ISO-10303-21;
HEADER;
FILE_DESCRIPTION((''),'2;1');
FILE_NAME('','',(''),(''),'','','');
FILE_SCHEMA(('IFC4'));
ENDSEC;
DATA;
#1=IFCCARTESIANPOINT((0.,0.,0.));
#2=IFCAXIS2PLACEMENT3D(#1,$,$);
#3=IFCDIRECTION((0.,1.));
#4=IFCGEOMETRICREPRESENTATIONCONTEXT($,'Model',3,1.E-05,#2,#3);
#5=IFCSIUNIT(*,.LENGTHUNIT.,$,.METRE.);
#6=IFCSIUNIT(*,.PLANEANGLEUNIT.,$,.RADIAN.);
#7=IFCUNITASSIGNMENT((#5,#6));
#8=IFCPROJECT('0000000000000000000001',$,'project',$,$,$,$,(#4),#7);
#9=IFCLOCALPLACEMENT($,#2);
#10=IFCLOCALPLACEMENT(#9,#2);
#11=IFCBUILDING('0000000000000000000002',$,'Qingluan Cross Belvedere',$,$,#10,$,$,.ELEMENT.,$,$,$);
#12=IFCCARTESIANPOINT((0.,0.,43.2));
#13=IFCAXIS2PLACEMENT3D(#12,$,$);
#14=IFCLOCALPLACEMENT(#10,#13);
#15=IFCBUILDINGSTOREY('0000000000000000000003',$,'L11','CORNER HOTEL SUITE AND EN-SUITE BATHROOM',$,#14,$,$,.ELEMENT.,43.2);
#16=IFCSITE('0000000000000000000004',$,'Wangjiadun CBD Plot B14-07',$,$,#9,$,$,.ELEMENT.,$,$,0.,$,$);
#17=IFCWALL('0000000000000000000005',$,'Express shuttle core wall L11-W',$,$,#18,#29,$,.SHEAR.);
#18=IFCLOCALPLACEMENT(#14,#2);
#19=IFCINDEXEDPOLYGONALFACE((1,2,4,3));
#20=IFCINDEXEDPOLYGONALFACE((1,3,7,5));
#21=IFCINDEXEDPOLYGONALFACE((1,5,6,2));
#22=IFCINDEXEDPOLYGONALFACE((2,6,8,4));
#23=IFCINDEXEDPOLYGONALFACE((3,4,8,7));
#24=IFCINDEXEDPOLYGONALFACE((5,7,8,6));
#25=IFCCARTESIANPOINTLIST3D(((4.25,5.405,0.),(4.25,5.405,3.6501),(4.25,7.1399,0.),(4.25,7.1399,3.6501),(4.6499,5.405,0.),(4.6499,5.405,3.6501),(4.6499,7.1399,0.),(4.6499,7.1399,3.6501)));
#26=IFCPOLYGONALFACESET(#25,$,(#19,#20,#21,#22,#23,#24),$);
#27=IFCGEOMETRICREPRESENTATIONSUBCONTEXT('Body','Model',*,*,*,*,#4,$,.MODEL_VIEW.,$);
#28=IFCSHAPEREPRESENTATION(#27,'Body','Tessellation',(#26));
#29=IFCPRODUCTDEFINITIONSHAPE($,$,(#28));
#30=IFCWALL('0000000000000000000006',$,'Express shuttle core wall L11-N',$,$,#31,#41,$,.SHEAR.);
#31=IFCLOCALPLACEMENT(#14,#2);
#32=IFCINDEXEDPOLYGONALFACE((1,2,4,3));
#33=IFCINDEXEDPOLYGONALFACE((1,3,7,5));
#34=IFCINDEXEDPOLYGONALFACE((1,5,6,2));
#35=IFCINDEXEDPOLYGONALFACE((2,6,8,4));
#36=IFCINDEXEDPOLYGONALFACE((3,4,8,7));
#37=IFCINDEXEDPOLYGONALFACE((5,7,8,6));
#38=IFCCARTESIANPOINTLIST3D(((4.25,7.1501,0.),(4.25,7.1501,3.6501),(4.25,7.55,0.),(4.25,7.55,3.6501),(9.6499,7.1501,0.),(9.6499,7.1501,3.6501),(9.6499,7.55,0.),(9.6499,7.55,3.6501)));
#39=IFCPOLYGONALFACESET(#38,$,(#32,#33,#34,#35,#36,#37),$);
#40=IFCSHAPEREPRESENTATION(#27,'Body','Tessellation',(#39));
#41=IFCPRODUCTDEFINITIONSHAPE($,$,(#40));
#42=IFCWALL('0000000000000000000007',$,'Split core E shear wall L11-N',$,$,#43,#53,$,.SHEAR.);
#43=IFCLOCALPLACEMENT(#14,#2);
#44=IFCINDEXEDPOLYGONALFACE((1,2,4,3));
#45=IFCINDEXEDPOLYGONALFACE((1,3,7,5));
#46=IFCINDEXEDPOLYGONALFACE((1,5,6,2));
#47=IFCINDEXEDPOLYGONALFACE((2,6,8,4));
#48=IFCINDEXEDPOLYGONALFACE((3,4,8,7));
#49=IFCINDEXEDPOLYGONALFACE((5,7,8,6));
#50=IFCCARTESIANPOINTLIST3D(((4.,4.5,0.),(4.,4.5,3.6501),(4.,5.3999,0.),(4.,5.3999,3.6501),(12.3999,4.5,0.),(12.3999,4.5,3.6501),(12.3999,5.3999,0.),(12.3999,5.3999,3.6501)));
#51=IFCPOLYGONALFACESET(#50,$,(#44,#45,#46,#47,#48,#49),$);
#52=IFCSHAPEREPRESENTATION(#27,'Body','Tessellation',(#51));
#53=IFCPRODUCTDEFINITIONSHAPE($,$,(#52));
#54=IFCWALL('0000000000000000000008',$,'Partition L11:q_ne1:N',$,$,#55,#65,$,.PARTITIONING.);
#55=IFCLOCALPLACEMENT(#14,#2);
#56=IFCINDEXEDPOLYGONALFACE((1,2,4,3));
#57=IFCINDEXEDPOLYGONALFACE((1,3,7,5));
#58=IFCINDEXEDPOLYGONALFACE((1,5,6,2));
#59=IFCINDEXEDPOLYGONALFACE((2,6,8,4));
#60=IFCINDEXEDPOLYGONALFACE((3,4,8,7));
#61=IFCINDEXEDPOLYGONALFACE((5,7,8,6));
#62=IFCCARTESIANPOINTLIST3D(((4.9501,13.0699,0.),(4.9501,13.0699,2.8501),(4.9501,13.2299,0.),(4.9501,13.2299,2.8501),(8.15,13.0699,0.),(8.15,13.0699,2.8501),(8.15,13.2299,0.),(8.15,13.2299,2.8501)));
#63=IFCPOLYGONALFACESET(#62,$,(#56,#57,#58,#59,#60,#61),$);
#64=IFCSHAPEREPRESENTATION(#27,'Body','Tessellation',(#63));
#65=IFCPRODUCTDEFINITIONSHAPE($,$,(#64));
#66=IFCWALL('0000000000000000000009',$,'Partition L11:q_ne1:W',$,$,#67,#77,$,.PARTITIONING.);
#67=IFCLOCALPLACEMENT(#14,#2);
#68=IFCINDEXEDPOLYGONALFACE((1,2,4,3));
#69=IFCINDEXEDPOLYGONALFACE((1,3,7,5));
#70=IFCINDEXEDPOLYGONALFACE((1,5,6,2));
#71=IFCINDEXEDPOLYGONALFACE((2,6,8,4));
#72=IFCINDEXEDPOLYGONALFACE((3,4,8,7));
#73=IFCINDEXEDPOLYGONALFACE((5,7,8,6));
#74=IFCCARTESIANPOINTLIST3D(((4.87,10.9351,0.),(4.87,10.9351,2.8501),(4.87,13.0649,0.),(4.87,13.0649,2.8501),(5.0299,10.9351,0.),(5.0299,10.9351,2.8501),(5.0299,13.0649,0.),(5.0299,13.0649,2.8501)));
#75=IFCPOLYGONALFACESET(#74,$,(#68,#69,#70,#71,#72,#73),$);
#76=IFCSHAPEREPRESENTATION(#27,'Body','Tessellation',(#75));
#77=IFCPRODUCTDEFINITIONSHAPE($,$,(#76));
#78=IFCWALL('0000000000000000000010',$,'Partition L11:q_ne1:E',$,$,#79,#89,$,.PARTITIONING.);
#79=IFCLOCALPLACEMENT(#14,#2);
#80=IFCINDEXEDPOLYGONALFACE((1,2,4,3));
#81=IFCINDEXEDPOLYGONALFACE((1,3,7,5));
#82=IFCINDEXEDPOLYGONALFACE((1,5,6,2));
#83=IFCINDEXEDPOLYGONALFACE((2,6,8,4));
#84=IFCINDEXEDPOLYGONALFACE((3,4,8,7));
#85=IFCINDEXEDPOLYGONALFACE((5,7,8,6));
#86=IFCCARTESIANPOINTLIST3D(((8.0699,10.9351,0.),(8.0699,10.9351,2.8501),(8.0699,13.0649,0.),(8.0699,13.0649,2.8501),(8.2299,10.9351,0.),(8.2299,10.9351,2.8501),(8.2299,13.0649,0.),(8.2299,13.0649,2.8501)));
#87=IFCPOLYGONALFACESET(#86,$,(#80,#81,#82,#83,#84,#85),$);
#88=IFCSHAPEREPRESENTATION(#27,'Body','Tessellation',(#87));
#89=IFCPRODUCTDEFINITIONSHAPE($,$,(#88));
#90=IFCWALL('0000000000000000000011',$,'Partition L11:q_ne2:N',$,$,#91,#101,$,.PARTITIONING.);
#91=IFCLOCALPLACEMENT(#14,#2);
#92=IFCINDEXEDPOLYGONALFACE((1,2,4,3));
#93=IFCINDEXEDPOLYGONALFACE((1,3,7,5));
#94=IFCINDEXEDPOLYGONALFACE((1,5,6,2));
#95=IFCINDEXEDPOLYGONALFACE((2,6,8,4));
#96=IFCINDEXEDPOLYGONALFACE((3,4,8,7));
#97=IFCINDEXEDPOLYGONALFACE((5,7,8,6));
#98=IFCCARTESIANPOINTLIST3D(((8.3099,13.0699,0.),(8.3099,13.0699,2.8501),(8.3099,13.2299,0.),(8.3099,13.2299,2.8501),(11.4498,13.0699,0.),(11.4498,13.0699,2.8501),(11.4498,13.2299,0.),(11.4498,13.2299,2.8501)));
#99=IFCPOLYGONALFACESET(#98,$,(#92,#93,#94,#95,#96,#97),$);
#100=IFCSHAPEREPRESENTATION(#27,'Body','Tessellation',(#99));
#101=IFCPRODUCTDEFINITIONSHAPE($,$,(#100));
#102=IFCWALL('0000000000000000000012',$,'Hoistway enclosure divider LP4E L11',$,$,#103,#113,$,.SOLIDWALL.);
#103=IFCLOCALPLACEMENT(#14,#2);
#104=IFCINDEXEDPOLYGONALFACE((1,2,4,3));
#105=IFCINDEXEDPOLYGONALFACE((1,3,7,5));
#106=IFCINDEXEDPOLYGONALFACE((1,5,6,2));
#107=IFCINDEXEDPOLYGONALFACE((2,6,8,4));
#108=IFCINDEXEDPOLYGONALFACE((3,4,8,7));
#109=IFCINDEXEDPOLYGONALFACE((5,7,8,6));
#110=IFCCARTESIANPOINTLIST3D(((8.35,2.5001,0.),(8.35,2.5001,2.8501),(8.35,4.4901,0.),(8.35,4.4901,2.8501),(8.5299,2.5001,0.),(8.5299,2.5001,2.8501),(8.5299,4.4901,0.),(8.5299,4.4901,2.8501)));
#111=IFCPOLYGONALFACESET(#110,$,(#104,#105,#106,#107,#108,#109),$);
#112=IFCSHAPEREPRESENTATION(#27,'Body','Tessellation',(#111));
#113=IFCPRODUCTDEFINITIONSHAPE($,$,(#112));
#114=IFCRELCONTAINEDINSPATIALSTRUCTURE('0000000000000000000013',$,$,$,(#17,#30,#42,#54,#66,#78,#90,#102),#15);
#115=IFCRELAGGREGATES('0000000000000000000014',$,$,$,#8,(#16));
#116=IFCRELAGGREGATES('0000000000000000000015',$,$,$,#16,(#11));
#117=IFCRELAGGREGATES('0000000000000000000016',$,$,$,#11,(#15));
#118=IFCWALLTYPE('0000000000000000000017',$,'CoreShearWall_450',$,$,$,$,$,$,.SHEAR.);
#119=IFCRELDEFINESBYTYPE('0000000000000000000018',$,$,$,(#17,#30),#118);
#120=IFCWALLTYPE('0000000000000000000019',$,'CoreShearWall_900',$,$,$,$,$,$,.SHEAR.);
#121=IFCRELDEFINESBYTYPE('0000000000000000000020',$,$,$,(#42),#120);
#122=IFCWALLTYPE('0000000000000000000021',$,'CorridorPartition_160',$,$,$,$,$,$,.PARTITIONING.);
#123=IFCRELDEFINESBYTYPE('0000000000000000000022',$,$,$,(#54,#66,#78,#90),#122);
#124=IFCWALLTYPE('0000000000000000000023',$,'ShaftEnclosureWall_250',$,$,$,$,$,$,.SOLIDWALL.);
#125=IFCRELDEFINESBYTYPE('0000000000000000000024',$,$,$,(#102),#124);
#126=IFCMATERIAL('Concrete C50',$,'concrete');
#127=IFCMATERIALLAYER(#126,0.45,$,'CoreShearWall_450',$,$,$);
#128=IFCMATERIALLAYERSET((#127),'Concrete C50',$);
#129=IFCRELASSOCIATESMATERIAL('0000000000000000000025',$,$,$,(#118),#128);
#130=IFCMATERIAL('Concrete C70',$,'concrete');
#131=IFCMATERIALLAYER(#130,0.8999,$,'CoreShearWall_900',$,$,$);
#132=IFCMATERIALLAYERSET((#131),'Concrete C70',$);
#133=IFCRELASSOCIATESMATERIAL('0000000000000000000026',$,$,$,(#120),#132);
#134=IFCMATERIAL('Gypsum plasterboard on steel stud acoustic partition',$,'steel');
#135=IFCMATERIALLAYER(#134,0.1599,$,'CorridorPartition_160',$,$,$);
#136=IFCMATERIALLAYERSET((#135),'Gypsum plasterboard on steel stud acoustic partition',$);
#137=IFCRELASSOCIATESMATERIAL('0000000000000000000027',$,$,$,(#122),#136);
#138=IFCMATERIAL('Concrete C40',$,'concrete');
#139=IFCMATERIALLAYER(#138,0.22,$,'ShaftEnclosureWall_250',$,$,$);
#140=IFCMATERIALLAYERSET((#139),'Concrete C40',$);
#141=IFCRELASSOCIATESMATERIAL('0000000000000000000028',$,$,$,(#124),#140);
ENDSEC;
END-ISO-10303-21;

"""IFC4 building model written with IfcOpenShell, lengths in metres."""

from ifc_helpers import new_model, si_unit, direction, frame, frame_2d, origin, place, context, subcontext, project, spatial, rectangle, extrude, material, layer, layer_set, type_object, element, save


model = new_model("IFC4")

# Units and contexts
model_context = context("Model", 3, precision=1e-05, world=origin(), true_north=direction((0.0, 1.0)))
body_context = subcontext(model_context, "Body", "Model", "MODEL_VIEW")
ifc_project = project(units=[si_unit("LENGTHUNIT", "METRE"), si_unit("PLANEANGLEUNIT", "RADIAN")], contexts=[model_context])

# Site, building, storey
site_placement = place(None, origin())
site = spatial("IfcSite", under=ifc_project, at=site_placement, Name="Wangjiadun CBD Plot B14-07", CompositionType="ELEMENT", RefElevation=0.0)
building_placement = place(site_placement, origin())
building = spatial("IfcBuilding", under=site, at=building_placement, Name="Qingluan Cross Belvedere", CompositionType="ELEMENT")
storey_placement = place(building_placement, frame((0.0, 0.0, 43.2)))
storey = spatial("IfcBuildingStorey", under=building, at=storey_placement, Name="L11", Description="CORNER HOTEL SUITE AND EN-SUITE BATHROOM", CompositionType="ELEMENT", Elevation=43.2)

# Walls
ifc_material_1 = material(Name="Concrete C50", Category="concrete")
ifc_layer_1 = layer(ifc_material_1, 0.45, Name="CoreShearWall_450")
ifc_layer_set_1 = layer_set([ifc_layer_1], Name="Concrete C50")
wall_type_1 = type_object("IfcWallType", Name="CoreShearWall_450", PredefinedType="SHEAR", material=ifc_layer_set_1)
wall_1_placement = place(storey_placement, frame((4.45, 5.405, 0.0), z_axis=(0.0, 0.0, 1.0), x_axis=(0.0, 1.0, 0.0)))
element("IfcWall", 1, at=wall_1_placement, inside=storey, type_object=wall_type_1, Name="Express shuttle core wall L11-W", PredefinedType="SHEAR", context=body_context, shape_type="SweptSolid", body=[
    extrude(rectangle(XDim=1.7349, YDim=0.3999, at=frame_2d((0.8674, 0.0))), origin(), (0.0, 0.0, 1.0), 3.6501),
])
wall_2_placement = place(storey_placement, frame((4.25, 7.3501, 0.0), z_axis=(0.0, 0.0, 1.0), x_axis=(1.0, 0.0, 0.0)))
element("IfcWall", 2, at=wall_2_placement, inside=storey, type_object=wall_type_1, Name="Express shuttle core wall L11-N", PredefinedType="SHEAR", context=body_context, shape_type="SweptSolid", body=[
    extrude(rectangle(XDim=5.3999, YDim=0.3999, at=frame_2d((2.7, 0.0))), origin(), (0.0, 0.0, 1.0), 3.6501),
])
ifc_material_2 = material(Name="Concrete C70", Category="concrete")
ifc_layer_2 = layer(ifc_material_2, 0.8999, Name="CoreShearWall_900")
ifc_layer_set_2 = layer_set([ifc_layer_2], Name="Concrete C70")
wall_type_2 = type_object("IfcWallType", Name="CoreShearWall_900", PredefinedType="SHEAR", material=ifc_layer_set_2)
wall_3_placement = place(storey_placement, frame((4.0, 4.95, 0.0), z_axis=(0.0, 0.0, 1.0), x_axis=(1.0, 0.0, 0.0)))
element("IfcWall", 3, at=wall_3_placement, inside=storey, type_object=wall_type_2, Name="Split core E shear wall L11-N", PredefinedType="SHEAR", context=body_context, shape_type="SweptSolid", body=[
    extrude(rectangle(XDim=8.3999, YDim=0.8999, at=frame_2d((4.2, 0.0))), origin(), (0.0, 0.0, 1.0), 3.6501),
])

# Shared definitions
ifc_material_3 = material(Name="Gypsum plasterboard on steel stud acoustic partition", Category="steel")
ifc_layer_3 = layer(ifc_material_3, 0.1599, Name="CorridorPartition_160")
ifc_layer_set_3 = layer_set([ifc_layer_3], Name="Gypsum plasterboard on steel stud acoustic partition")
wall_type_3 = type_object("IfcWallType", Name="CorridorPartition_160", PredefinedType="PARTITIONING", material=ifc_layer_set_3)

# Walls
wall_4_placement = place(storey_placement, frame((4.95, 13.1499, 0.0), z_axis=(0.0, 0.0, 1.0), x_axis=(1.0, 0.0, 0.0)))
element("IfcWall", 4, at=wall_4_placement, inside=storey, type_object=wall_type_3, Name="Partition L11:q_ne1:N", PredefinedType="PARTITIONING", context=body_context, shape_type="SweptSolid", body=[
    extrude(rectangle(XDim=3.2, YDim=0.1599, at=frame_2d((1.6001, 0.0))), origin(), (0.0, 0.0, 1.0), 2.8501),
])
for number, where, z_axis, x_axis, name in (
    (5, (4.95, 10.9351, 0.0), (0.0, 0.0, 1.0), (0.0, 1.0, 0.0), "Partition L11:q_ne1:W"),
    (6, (8.1499, 10.9351, 0.0), (0.0, 0.0, 1.0), (0.0, 1.0, 0.0), "Partition L11:q_ne1:E"),
):
    element("IfcWall", number, at=place(storey_placement, frame(where, z_axis=z_axis, x_axis=x_axis)), inside=storey, type_object=wall_type_3, Name=name, PredefinedType="PARTITIONING", context=body_context, shape_type="SweptSolid", body=[
        extrude(rectangle(XDim=2.1299, YDim=0.1599, at=frame_2d((1.0649, 0.0))), origin(), (0.0, 0.0, 1.0), 2.8501),
    ])

# Wall
wall_5_placement = place(storey_placement, frame((8.3101, 13.1499, 0.0), z_axis=(0.0, 0.0, 1.0), x_axis=(1.0, 0.0, 0.0)))
element("IfcWall", 7, at=wall_5_placement, inside=storey, type_object=wall_type_3, Name="Partition L11:q_ne2:N", PredefinedType="PARTITIONING", context=body_context, shape_type="SweptSolid", body=[
    extrude(rectangle(XDim=3.1399, YDim=0.1599, at=frame_2d((1.5698, 0.0))), origin(), (0.0, 0.0, 1.0), 2.8501),
])

# Shared definitions
ifc_material_4 = material(Name="Concrete C40", Category="concrete")
ifc_layer_4 = layer(ifc_material_4, 0.22, Name="ShaftEnclosureWall_250")
ifc_layer_set_4 = layer_set([ifc_layer_4], Name="Concrete C40")
wall_type_4 = type_object("IfcWallType", Name="ShaftEnclosureWall_250", PredefinedType="SOLIDWALL", material=ifc_layer_set_4)

# Wall
wall_6_placement = place(storey_placement, frame((8.4399, 2.5, 0.0), z_axis=(0.0, 0.0, 1.0), x_axis=(0.0, 1.0, 0.0)))
element("IfcWall", 8, at=wall_6_placement, inside=storey, type_object=wall_type_4, Name="Hoistway enclosure divider LP4E L11", PredefinedType="SOLIDWALL", context=body_context, shape_type="SweptSolid", body=[
    extrude(rectangle(XDim=1.99, YDim=0.1799, at=frame_2d((0.9951, 0.0))), origin(), (0.0, 0.0, 1.0), 2.8501),
])

save(model, "model.ifc")
